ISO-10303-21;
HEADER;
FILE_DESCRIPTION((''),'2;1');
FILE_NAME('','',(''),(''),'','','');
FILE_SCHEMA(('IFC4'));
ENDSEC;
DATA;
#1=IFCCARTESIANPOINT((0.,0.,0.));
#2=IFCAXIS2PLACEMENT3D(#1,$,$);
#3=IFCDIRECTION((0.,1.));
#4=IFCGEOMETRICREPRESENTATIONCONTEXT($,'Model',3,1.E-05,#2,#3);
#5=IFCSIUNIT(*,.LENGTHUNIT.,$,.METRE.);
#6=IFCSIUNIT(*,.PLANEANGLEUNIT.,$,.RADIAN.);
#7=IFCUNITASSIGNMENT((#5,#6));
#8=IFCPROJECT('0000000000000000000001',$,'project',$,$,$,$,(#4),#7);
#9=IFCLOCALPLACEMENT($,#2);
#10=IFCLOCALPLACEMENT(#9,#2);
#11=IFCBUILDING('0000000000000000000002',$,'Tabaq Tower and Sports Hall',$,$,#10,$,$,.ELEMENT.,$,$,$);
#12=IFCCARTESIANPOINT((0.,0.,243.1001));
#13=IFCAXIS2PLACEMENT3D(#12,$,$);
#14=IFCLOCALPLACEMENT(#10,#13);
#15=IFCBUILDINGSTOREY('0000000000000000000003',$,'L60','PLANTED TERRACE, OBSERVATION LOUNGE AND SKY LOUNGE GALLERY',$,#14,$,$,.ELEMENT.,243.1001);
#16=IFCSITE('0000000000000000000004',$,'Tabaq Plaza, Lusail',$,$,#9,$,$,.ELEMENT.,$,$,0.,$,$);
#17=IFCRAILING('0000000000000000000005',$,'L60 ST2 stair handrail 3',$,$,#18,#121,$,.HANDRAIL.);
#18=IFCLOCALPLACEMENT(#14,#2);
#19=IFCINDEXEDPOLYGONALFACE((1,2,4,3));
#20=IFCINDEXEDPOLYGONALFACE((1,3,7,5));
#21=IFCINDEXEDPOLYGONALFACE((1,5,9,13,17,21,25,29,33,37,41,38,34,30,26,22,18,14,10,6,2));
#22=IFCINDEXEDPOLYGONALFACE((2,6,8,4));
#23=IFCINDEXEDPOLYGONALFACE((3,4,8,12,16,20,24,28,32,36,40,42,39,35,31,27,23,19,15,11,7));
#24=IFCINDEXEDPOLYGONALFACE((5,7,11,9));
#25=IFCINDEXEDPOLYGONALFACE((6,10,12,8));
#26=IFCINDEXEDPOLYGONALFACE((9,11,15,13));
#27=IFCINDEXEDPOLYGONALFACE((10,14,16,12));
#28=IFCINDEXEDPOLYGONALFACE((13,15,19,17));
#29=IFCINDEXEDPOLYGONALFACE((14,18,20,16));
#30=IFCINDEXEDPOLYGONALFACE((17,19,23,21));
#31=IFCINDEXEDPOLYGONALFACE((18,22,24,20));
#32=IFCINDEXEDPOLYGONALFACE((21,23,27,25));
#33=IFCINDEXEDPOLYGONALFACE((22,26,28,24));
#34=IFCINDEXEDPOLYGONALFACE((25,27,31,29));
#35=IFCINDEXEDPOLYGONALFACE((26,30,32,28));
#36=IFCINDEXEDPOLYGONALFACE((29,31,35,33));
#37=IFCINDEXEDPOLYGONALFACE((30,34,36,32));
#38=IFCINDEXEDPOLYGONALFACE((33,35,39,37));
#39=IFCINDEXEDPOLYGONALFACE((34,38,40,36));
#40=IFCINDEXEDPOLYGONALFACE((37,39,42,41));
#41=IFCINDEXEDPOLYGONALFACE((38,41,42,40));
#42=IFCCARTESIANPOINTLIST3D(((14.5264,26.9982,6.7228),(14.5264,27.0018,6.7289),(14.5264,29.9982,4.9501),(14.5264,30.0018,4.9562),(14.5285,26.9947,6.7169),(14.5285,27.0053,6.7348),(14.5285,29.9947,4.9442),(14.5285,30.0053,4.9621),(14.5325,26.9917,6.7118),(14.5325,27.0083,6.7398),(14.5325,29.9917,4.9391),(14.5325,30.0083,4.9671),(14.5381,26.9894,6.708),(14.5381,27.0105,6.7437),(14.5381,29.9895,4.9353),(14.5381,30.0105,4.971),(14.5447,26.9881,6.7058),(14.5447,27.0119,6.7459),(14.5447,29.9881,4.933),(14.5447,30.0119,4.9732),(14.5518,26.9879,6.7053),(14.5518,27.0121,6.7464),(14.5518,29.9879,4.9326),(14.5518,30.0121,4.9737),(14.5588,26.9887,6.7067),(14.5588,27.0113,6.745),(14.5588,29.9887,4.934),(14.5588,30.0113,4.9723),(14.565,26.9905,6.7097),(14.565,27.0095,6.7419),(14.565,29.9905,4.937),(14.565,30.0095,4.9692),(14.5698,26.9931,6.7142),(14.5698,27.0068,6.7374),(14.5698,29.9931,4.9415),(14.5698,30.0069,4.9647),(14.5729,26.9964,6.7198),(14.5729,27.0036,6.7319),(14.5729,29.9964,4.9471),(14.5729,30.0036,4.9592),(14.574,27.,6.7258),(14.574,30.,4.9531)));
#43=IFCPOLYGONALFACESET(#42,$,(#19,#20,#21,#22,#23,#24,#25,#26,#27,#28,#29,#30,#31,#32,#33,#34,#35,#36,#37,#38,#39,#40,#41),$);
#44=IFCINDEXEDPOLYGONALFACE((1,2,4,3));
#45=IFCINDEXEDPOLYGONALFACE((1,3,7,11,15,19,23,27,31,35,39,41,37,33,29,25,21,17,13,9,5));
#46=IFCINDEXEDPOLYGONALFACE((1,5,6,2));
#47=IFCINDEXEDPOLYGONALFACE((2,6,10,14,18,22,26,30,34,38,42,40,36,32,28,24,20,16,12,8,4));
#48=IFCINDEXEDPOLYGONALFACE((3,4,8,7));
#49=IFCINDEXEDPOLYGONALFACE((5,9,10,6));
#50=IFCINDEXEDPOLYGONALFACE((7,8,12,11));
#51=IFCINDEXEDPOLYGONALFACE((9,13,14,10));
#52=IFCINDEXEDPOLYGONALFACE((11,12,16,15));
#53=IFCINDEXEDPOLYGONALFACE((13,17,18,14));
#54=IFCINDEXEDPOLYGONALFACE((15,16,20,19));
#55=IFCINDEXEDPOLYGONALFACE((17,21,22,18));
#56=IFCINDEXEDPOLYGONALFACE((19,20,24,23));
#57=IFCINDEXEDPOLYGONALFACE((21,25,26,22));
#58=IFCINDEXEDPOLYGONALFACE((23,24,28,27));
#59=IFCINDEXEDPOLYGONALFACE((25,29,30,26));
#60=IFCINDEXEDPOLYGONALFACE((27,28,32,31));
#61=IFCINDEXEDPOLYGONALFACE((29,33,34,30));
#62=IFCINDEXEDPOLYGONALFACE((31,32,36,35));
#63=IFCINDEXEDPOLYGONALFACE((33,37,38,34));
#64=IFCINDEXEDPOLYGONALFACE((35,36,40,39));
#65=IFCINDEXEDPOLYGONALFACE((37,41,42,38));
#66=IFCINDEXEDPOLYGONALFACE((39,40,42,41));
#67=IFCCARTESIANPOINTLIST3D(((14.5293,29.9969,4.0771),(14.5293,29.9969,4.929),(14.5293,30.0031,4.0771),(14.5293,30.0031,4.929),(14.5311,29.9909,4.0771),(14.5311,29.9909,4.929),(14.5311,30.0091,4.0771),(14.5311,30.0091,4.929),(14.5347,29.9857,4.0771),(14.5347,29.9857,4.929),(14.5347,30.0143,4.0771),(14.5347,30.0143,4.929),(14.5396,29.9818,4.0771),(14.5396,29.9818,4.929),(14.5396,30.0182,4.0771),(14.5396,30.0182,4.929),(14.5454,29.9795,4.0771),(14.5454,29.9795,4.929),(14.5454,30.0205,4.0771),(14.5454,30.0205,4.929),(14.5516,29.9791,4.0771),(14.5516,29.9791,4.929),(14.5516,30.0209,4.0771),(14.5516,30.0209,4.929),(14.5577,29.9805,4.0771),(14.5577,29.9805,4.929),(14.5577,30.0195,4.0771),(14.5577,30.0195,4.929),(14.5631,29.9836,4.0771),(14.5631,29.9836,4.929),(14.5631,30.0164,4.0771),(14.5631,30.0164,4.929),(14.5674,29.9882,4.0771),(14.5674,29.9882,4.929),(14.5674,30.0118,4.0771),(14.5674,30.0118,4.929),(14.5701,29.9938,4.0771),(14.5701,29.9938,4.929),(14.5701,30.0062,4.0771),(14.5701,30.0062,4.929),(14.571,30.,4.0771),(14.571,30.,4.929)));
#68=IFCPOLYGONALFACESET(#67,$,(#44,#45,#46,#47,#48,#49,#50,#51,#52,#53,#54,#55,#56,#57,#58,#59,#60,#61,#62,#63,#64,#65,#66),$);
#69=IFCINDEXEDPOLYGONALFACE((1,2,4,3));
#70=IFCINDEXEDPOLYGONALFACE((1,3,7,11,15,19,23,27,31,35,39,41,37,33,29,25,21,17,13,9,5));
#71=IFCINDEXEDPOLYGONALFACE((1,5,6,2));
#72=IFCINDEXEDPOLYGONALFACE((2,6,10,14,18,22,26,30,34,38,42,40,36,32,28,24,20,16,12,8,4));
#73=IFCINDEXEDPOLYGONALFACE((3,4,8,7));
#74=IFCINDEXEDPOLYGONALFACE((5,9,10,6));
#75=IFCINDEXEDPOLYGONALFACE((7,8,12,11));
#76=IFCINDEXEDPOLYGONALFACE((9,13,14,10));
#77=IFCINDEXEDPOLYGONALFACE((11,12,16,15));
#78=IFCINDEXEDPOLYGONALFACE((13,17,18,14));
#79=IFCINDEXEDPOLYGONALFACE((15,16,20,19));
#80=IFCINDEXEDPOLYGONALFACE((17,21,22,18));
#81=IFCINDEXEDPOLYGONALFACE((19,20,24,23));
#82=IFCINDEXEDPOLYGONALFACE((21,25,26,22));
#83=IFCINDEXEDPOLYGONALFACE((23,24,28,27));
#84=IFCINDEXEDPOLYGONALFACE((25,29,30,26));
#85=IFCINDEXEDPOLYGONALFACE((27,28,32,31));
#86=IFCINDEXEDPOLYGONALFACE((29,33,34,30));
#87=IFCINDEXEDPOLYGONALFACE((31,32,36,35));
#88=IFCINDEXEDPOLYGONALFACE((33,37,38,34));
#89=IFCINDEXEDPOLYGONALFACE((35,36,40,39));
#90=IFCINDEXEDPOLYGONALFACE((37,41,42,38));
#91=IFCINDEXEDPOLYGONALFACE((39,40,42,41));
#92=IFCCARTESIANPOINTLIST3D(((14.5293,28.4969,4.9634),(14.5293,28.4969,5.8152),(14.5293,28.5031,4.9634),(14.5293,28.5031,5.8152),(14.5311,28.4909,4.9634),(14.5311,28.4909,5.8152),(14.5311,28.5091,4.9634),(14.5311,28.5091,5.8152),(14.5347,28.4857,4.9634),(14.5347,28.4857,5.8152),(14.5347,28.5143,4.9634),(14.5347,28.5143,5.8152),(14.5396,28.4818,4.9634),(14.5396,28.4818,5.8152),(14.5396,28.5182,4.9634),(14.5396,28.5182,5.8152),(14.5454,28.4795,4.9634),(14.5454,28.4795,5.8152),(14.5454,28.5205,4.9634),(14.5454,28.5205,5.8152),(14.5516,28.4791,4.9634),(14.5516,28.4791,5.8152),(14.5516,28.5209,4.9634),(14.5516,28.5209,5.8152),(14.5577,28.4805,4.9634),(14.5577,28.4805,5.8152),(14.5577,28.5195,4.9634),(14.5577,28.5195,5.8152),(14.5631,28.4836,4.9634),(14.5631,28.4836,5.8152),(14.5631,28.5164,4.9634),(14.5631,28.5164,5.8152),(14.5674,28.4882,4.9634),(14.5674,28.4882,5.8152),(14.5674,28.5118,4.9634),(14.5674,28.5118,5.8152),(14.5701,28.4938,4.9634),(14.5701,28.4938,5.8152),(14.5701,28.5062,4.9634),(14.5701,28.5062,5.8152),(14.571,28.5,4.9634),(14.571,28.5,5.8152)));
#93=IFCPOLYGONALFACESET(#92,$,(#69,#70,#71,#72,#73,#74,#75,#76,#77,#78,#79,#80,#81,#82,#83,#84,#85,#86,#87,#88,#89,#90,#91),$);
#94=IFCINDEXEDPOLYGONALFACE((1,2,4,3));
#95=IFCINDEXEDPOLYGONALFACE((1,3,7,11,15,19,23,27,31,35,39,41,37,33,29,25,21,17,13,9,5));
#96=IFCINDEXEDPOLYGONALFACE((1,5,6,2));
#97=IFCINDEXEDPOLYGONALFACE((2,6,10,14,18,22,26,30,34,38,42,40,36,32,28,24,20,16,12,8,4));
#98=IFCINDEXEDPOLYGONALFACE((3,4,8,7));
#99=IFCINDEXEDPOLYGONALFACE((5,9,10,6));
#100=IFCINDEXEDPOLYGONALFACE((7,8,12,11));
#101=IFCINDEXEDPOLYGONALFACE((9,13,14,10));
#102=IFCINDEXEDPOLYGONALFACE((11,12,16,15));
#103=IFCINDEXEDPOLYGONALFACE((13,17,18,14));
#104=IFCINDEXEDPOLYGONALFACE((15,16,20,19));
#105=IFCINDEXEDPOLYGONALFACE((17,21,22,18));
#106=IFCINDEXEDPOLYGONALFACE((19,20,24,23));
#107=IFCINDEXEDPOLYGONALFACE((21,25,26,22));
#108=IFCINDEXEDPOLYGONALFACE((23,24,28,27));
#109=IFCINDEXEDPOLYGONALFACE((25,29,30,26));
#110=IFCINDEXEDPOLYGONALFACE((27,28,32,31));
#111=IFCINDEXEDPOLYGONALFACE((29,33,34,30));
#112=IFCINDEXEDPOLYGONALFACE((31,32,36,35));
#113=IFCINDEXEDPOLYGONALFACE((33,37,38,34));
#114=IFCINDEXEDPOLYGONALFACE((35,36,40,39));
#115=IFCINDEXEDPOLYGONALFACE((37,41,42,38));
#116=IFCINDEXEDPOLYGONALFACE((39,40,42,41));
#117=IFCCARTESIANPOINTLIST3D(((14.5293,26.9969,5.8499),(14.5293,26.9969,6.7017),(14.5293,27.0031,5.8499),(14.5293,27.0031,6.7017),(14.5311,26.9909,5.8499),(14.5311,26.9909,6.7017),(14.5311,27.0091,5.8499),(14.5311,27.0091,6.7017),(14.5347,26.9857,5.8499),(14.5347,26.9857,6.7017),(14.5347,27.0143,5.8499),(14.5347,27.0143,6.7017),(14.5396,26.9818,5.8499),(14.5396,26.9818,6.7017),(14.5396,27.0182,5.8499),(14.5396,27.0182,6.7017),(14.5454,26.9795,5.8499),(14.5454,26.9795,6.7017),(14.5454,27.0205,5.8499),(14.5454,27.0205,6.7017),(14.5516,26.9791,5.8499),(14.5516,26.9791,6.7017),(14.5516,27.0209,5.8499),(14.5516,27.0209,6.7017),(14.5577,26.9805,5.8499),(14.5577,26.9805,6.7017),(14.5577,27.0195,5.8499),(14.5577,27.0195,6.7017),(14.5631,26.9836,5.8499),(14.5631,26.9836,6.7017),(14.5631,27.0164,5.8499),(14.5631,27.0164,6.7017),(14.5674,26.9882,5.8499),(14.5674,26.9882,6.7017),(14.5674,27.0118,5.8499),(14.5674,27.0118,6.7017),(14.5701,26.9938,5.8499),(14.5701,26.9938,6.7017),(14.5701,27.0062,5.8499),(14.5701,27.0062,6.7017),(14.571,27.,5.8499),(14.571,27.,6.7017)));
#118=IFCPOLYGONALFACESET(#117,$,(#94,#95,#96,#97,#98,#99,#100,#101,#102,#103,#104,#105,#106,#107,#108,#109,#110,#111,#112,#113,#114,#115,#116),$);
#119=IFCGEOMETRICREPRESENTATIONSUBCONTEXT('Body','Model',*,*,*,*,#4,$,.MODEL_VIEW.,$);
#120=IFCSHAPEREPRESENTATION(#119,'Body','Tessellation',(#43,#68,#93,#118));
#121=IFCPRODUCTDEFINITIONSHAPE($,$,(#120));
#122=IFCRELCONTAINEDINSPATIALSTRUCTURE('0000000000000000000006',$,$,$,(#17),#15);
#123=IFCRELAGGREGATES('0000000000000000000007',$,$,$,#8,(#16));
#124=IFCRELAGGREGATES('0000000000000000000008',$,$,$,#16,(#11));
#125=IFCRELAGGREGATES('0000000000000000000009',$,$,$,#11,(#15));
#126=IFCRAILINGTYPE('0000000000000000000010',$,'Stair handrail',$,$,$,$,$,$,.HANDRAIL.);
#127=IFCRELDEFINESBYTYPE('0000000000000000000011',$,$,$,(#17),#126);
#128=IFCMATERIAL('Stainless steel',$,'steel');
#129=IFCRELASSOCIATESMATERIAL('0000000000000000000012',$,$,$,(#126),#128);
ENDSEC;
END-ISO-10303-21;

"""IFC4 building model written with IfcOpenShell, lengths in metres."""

from ifc_helpers import new_model, si_unit, direction, frame, origin, origin_2d, place, context, subcontext, project, spatial, circle, extrude, material, type_object, element, save


model = new_model("IFC4")

# Units and contexts
model_context = context("Model", 3, precision=1e-05, world=origin(), true_north=direction((0.0, 1.0)))
body_context = subcontext(model_context, "Body", "Model", "MODEL_VIEW")
ifc_project = project(units=[si_unit("LENGTHUNIT", "METRE"), si_unit("PLANEANGLEUNIT", "RADIAN")], contexts=[model_context])

# Site, building, storey
site_placement = place(None, origin())
site = spatial("IfcSite", under=ifc_project, at=site_placement, Name="Tabaq Plaza, Lusail", CompositionType="ELEMENT", RefElevation=0.0)
building_placement = place(site_placement, origin())
building = spatial("IfcBuilding", under=site, at=building_placement, Name="Tabaq Tower and Sports Hall", CompositionType="ELEMENT")
storey_placement = place(building_placement, frame((0.0, 0.0, 243.1001)))
storey = spatial("IfcBuildingStorey", under=building, at=storey_placement, Name="L60", Description="PLANTED TERRACE, OBSERVATION LOUNGE AND SKY LOUNGE GALLERY", CompositionType="ELEMENT", Elevation=243.1001)

# Railing
ifc_material_1 = material(Name="Stainless steel", Category="steel")
railing_type_1 = type_object("IfcRailingType", Name="Stair handrail", PredefinedType="HANDRAIL", material=ifc_material_1)
railing_1_placement = place(storey_placement, frame((14.55, 30.0, 4.0771)))
element("IfcRailing", 1, at=railing_1_placement, inside=storey, type_object=railing_type_1, Name="L60 ST2 stair handrail 3", PredefinedType="HANDRAIL", context=body_context, shape_type="SweptSolid", body=[
    extrude(circle(Radius=0.0239, at=origin_2d()), frame((0.0, 0.0, 0.876), z_axis=(0.0, -0.860929, 0.508725), x_axis=(1.0, 0.0, 0.0)), (0.0, 0.0, 1.0), 3.4846),
    extrude(circle(Radius=0.021, at=origin_2d()), origin(), (0.0, 0.0, 1.0), 0.8518),
    extrude(circle(Radius=0.021, at=origin_2d()), frame((0.0, -1.5, 0.8862)), (0.0, 0.0, 1.0), 0.8518),
    extrude(circle(Radius=0.021, at=origin_2d()), frame((0.0, -3.0, 1.7727)), (0.0, 0.0, 1.0), 0.8518),
])

save(model, "model.ifc")
